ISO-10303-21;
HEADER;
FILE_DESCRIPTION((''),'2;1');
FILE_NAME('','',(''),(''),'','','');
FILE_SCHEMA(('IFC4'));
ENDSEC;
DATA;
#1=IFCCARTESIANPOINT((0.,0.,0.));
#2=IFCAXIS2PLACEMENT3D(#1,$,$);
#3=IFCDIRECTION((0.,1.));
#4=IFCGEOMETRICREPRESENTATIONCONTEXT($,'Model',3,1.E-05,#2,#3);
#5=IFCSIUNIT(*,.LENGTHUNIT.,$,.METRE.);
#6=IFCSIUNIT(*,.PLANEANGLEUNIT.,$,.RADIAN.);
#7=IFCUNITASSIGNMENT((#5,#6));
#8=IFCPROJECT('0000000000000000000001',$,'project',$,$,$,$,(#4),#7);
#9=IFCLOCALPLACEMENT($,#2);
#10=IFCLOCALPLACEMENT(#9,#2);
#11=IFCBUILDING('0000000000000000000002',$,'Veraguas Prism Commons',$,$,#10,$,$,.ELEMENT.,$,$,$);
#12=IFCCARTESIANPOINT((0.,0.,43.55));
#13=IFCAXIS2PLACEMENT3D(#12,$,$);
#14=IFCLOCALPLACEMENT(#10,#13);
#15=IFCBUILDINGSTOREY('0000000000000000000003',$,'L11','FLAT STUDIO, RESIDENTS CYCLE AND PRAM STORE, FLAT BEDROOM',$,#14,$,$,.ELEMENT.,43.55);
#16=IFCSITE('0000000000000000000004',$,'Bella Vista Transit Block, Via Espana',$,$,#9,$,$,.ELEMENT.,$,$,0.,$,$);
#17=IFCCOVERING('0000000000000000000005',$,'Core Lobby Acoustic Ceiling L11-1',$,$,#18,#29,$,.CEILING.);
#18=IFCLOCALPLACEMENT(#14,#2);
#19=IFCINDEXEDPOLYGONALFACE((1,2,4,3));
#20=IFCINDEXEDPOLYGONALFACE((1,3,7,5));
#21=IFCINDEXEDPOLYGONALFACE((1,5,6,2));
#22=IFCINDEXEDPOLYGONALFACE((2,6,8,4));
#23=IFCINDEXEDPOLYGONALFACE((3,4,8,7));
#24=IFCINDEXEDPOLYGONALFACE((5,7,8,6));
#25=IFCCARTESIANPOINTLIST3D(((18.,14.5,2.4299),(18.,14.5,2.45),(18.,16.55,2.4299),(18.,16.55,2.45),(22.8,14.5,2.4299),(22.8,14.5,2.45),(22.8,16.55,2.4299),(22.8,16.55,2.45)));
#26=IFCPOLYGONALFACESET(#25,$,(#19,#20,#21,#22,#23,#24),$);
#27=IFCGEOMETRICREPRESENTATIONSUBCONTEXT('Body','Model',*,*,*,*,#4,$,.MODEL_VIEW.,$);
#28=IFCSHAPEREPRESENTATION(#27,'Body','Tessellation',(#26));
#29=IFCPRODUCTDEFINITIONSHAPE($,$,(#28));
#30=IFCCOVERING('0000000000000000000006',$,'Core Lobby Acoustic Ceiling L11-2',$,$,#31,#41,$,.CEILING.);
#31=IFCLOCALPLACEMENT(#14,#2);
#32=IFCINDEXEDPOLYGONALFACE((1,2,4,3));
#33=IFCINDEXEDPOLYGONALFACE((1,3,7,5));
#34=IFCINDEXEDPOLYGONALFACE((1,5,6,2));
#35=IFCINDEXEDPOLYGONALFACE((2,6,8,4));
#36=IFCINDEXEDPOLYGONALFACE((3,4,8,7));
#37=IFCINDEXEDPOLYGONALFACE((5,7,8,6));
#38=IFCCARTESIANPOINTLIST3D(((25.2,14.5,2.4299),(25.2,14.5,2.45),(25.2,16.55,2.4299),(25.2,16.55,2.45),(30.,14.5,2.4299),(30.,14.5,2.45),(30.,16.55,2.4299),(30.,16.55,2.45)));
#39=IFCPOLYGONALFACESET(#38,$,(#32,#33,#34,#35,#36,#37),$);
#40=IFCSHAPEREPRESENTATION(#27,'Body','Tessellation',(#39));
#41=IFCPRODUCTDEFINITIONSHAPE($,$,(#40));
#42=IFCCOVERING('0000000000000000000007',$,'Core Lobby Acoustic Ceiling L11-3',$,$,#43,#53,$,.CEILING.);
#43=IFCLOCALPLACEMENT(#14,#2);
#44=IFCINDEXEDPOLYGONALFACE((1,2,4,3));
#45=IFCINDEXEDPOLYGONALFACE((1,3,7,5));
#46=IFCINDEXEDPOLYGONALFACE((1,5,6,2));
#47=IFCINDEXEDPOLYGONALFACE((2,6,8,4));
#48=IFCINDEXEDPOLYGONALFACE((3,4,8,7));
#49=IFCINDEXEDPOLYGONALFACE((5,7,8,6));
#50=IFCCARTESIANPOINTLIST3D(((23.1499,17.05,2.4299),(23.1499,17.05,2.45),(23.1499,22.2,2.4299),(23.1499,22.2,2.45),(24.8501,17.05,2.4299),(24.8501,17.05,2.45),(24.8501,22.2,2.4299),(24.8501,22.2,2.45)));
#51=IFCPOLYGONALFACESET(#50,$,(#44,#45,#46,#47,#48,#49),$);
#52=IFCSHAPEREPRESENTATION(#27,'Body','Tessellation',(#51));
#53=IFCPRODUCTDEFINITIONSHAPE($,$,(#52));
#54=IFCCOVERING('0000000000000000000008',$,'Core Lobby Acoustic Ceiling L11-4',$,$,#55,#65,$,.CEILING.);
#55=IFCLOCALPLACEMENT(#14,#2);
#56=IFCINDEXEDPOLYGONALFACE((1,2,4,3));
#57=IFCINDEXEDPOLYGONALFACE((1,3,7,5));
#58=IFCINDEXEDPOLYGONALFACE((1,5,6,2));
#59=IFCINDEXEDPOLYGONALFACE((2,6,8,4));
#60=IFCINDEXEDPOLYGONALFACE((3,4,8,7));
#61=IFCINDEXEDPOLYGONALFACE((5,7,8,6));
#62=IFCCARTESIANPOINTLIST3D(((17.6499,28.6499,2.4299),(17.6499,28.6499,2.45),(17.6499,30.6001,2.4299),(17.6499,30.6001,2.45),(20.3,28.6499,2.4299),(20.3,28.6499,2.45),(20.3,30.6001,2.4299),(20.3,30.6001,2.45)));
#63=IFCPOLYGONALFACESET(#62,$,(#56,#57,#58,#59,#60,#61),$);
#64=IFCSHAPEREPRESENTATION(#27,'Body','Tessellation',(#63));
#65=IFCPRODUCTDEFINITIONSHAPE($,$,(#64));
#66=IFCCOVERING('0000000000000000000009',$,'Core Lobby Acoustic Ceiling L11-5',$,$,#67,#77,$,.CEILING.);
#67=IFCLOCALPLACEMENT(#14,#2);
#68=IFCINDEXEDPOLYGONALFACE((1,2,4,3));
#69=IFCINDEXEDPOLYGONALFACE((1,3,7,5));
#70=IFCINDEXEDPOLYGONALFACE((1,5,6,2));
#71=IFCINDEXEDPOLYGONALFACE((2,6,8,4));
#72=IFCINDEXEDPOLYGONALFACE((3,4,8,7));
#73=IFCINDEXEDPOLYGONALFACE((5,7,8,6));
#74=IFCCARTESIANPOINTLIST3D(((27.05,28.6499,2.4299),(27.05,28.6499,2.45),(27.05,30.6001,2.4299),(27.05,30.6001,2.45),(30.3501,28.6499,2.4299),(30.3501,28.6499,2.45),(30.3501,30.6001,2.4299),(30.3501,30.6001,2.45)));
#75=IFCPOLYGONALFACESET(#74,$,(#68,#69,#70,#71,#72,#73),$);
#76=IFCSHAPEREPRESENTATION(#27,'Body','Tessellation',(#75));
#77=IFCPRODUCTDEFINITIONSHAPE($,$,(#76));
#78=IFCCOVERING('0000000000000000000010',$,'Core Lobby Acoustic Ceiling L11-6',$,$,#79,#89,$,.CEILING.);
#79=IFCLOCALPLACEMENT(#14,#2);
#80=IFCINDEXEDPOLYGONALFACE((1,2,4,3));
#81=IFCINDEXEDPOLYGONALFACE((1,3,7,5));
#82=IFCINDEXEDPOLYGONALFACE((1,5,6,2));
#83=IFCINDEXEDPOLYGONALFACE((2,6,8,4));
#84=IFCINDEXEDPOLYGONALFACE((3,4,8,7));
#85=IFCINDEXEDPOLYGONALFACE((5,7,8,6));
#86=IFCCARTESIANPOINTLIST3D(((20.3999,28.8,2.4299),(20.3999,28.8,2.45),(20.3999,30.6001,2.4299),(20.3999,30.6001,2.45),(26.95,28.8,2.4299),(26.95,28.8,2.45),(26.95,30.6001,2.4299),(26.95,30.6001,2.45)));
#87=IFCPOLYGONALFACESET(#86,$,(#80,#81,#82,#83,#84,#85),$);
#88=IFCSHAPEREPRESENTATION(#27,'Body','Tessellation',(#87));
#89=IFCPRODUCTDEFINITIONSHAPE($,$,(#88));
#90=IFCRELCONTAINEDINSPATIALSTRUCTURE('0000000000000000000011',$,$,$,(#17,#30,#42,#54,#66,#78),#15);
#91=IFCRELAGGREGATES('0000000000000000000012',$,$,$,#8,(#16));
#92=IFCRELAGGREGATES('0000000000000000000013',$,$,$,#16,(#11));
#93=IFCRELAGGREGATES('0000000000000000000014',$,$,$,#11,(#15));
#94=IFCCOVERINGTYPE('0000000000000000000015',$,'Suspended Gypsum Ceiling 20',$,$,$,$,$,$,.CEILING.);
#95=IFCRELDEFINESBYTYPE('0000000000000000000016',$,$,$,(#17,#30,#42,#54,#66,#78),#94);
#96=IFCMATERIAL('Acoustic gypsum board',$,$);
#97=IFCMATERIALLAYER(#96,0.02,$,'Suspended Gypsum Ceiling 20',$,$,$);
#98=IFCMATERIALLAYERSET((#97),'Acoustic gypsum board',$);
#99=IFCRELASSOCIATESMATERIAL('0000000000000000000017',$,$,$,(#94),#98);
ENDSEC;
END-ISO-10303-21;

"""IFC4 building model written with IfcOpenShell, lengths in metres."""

from ifc_helpers import new_model, si_unit, direction, frame, origin, place, context, subcontext, project, spatial, polyline, outline, extrude, material, layer, layer_set, type_object, element, save


model = new_model("IFC4")

# Units and contexts
model_context = context("Model", 3, precision=1e-05, world=origin(), true_north=direction((0.0, 1.0)))
body_context = subcontext(model_context, "Body", "Model", "MODEL_VIEW")
ifc_project = project(units=[si_unit("LENGTHUNIT", "METRE"), si_unit("PLANEANGLEUNIT", "RADIAN")], contexts=[model_context])

# Site, building, storey
site_placement = place(None, origin())
site = spatial("IfcSite", under=ifc_project, at=site_placement, Name="Bella Vista Transit Block, Via Espana", CompositionType="ELEMENT", RefElevation=0.0)
building_placement = place(site_placement, origin())
building = spatial("IfcBuilding", under=site, at=building_placement, Name="Veraguas Prism Commons", CompositionType="ELEMENT")
storey_placement = place(building_placement, frame((0.0, 0.0, 43.55)))
storey = spatial("IfcBuildingStorey", under=building, at=storey_placement, Name="L11", Description="FLAT STUDIO, RESIDENTS CYCLE AND PRAM STORE, FLAT BEDROOM", CompositionType="ELEMENT", Elevation=43.55)

# Coverings
ifc_material_1 = material(Name="Acoustic gypsum board")
ifc_layer_1 = layer(ifc_material_1, 0.02, Name="Suspended Gypsum Ceiling 20")
ifc_layer_set_1 = layer_set([ifc_layer_1], Name="Acoustic gypsum board")
covering_type_1 = type_object("IfcCoveringType", Name="Suspended Gypsum Ceiling 20", PredefinedType="CEILING", material=ifc_layer_set_1)
covering_1_placement = place(storey_placement, frame((0.0, 0.0, 2.4299)))
element("IfcCovering", 1, at=covering_1_placement, inside=storey, type_object=covering_type_1, Name="Core Lobby Acoustic Ceiling L11-1", PredefinedType="CEILING", context=body_context, shape_type="SweptSolid", body=[
    extrude(outline(polyline([(18.0, 14.5), (22.8, 14.5), (22.8, 16.55), (18.0, 16.55), (18.0, 14.5)])), origin(), (0.0, 0.0, 1.0), 0.02),
])
covering_2_placement = place(storey_placement, frame((0.0, 0.0, 2.4299)))
element("IfcCovering", 2, at=covering_2_placement, inside=storey, type_object=covering_type_1, Name="Core Lobby Acoustic Ceiling L11-2", PredefinedType="CEILING", context=body_context, shape_type="SweptSolid", body=[
    extrude(outline(polyline([(25.2, 14.5), (30.0, 14.5), (30.0, 16.55), (25.2, 16.55), (25.2, 14.5)])), origin(), (0.0, 0.0, 1.0), 0.02),
])
covering_3_placement = place(storey_placement, frame((0.0, 0.0, 2.4299)))
element("IfcCovering", 3, at=covering_3_placement, inside=storey, type_object=covering_type_1, Name="Core Lobby Acoustic Ceiling L11-3", PredefinedType="CEILING", context=body_context, shape_type="SweptSolid", body=[
    extrude(outline(polyline([(23.1499, 17.05), (24.8501, 17.05), (24.8501, 22.2), (23.1499, 22.2), (23.1499, 17.05)])), origin(), (0.0, 0.0, 1.0), 0.02),
])
covering_4_placement = place(storey_placement, frame((0.0, 0.0, 2.4299)))
element("IfcCovering", 4, at=covering_4_placement, inside=storey, type_object=covering_type_1, Name="Core Lobby Acoustic Ceiling L11-4", PredefinedType="CEILING", context=body_context, shape_type="SweptSolid", body=[
    extrude(outline(polyline([(17.6499, 28.6499), (20.3, 28.6499), (20.3, 30.6001), (17.6499, 30.6001), (17.6499, 28.6499)])), origin(), (0.0, 0.0, 1.0), 0.02),
])
covering_5_placement = place(storey_placement, frame((0.0, 0.0, 2.4299)))
element("IfcCovering", 5, at=covering_5_placement, inside=storey, type_object=covering_type_1, Name="Core Lobby Acoustic Ceiling L11-5", PredefinedType="CEILING", context=body_context, shape_type="SweptSolid", body=[
    extrude(outline(polyline([(27.05, 28.6499), (30.3501, 28.6499), (30.3501, 30.6001), (27.05, 30.6001), (27.05, 28.6499)])), origin(), (0.0, 0.0, 1.0), 0.02),
])
covering_6_placement = place(storey_placement, frame((0.0, 0.0, 2.4299)))
element("IfcCovering", 6, at=covering_6_placement, inside=storey, type_object=covering_type_1, Name="Core Lobby Acoustic Ceiling L11-6", PredefinedType="CEILING", context=body_context, shape_type="SweptSolid", body=[
    extrude(outline(polyline([(20.3999, 28.8), (26.95, 28.8), (26.95, 30.6001), (20.3999, 30.6001), (20.3999, 28.8)])), origin(), (0.0, 0.0, 1.0), 0.02),
])

save(model, "model.ifc")
